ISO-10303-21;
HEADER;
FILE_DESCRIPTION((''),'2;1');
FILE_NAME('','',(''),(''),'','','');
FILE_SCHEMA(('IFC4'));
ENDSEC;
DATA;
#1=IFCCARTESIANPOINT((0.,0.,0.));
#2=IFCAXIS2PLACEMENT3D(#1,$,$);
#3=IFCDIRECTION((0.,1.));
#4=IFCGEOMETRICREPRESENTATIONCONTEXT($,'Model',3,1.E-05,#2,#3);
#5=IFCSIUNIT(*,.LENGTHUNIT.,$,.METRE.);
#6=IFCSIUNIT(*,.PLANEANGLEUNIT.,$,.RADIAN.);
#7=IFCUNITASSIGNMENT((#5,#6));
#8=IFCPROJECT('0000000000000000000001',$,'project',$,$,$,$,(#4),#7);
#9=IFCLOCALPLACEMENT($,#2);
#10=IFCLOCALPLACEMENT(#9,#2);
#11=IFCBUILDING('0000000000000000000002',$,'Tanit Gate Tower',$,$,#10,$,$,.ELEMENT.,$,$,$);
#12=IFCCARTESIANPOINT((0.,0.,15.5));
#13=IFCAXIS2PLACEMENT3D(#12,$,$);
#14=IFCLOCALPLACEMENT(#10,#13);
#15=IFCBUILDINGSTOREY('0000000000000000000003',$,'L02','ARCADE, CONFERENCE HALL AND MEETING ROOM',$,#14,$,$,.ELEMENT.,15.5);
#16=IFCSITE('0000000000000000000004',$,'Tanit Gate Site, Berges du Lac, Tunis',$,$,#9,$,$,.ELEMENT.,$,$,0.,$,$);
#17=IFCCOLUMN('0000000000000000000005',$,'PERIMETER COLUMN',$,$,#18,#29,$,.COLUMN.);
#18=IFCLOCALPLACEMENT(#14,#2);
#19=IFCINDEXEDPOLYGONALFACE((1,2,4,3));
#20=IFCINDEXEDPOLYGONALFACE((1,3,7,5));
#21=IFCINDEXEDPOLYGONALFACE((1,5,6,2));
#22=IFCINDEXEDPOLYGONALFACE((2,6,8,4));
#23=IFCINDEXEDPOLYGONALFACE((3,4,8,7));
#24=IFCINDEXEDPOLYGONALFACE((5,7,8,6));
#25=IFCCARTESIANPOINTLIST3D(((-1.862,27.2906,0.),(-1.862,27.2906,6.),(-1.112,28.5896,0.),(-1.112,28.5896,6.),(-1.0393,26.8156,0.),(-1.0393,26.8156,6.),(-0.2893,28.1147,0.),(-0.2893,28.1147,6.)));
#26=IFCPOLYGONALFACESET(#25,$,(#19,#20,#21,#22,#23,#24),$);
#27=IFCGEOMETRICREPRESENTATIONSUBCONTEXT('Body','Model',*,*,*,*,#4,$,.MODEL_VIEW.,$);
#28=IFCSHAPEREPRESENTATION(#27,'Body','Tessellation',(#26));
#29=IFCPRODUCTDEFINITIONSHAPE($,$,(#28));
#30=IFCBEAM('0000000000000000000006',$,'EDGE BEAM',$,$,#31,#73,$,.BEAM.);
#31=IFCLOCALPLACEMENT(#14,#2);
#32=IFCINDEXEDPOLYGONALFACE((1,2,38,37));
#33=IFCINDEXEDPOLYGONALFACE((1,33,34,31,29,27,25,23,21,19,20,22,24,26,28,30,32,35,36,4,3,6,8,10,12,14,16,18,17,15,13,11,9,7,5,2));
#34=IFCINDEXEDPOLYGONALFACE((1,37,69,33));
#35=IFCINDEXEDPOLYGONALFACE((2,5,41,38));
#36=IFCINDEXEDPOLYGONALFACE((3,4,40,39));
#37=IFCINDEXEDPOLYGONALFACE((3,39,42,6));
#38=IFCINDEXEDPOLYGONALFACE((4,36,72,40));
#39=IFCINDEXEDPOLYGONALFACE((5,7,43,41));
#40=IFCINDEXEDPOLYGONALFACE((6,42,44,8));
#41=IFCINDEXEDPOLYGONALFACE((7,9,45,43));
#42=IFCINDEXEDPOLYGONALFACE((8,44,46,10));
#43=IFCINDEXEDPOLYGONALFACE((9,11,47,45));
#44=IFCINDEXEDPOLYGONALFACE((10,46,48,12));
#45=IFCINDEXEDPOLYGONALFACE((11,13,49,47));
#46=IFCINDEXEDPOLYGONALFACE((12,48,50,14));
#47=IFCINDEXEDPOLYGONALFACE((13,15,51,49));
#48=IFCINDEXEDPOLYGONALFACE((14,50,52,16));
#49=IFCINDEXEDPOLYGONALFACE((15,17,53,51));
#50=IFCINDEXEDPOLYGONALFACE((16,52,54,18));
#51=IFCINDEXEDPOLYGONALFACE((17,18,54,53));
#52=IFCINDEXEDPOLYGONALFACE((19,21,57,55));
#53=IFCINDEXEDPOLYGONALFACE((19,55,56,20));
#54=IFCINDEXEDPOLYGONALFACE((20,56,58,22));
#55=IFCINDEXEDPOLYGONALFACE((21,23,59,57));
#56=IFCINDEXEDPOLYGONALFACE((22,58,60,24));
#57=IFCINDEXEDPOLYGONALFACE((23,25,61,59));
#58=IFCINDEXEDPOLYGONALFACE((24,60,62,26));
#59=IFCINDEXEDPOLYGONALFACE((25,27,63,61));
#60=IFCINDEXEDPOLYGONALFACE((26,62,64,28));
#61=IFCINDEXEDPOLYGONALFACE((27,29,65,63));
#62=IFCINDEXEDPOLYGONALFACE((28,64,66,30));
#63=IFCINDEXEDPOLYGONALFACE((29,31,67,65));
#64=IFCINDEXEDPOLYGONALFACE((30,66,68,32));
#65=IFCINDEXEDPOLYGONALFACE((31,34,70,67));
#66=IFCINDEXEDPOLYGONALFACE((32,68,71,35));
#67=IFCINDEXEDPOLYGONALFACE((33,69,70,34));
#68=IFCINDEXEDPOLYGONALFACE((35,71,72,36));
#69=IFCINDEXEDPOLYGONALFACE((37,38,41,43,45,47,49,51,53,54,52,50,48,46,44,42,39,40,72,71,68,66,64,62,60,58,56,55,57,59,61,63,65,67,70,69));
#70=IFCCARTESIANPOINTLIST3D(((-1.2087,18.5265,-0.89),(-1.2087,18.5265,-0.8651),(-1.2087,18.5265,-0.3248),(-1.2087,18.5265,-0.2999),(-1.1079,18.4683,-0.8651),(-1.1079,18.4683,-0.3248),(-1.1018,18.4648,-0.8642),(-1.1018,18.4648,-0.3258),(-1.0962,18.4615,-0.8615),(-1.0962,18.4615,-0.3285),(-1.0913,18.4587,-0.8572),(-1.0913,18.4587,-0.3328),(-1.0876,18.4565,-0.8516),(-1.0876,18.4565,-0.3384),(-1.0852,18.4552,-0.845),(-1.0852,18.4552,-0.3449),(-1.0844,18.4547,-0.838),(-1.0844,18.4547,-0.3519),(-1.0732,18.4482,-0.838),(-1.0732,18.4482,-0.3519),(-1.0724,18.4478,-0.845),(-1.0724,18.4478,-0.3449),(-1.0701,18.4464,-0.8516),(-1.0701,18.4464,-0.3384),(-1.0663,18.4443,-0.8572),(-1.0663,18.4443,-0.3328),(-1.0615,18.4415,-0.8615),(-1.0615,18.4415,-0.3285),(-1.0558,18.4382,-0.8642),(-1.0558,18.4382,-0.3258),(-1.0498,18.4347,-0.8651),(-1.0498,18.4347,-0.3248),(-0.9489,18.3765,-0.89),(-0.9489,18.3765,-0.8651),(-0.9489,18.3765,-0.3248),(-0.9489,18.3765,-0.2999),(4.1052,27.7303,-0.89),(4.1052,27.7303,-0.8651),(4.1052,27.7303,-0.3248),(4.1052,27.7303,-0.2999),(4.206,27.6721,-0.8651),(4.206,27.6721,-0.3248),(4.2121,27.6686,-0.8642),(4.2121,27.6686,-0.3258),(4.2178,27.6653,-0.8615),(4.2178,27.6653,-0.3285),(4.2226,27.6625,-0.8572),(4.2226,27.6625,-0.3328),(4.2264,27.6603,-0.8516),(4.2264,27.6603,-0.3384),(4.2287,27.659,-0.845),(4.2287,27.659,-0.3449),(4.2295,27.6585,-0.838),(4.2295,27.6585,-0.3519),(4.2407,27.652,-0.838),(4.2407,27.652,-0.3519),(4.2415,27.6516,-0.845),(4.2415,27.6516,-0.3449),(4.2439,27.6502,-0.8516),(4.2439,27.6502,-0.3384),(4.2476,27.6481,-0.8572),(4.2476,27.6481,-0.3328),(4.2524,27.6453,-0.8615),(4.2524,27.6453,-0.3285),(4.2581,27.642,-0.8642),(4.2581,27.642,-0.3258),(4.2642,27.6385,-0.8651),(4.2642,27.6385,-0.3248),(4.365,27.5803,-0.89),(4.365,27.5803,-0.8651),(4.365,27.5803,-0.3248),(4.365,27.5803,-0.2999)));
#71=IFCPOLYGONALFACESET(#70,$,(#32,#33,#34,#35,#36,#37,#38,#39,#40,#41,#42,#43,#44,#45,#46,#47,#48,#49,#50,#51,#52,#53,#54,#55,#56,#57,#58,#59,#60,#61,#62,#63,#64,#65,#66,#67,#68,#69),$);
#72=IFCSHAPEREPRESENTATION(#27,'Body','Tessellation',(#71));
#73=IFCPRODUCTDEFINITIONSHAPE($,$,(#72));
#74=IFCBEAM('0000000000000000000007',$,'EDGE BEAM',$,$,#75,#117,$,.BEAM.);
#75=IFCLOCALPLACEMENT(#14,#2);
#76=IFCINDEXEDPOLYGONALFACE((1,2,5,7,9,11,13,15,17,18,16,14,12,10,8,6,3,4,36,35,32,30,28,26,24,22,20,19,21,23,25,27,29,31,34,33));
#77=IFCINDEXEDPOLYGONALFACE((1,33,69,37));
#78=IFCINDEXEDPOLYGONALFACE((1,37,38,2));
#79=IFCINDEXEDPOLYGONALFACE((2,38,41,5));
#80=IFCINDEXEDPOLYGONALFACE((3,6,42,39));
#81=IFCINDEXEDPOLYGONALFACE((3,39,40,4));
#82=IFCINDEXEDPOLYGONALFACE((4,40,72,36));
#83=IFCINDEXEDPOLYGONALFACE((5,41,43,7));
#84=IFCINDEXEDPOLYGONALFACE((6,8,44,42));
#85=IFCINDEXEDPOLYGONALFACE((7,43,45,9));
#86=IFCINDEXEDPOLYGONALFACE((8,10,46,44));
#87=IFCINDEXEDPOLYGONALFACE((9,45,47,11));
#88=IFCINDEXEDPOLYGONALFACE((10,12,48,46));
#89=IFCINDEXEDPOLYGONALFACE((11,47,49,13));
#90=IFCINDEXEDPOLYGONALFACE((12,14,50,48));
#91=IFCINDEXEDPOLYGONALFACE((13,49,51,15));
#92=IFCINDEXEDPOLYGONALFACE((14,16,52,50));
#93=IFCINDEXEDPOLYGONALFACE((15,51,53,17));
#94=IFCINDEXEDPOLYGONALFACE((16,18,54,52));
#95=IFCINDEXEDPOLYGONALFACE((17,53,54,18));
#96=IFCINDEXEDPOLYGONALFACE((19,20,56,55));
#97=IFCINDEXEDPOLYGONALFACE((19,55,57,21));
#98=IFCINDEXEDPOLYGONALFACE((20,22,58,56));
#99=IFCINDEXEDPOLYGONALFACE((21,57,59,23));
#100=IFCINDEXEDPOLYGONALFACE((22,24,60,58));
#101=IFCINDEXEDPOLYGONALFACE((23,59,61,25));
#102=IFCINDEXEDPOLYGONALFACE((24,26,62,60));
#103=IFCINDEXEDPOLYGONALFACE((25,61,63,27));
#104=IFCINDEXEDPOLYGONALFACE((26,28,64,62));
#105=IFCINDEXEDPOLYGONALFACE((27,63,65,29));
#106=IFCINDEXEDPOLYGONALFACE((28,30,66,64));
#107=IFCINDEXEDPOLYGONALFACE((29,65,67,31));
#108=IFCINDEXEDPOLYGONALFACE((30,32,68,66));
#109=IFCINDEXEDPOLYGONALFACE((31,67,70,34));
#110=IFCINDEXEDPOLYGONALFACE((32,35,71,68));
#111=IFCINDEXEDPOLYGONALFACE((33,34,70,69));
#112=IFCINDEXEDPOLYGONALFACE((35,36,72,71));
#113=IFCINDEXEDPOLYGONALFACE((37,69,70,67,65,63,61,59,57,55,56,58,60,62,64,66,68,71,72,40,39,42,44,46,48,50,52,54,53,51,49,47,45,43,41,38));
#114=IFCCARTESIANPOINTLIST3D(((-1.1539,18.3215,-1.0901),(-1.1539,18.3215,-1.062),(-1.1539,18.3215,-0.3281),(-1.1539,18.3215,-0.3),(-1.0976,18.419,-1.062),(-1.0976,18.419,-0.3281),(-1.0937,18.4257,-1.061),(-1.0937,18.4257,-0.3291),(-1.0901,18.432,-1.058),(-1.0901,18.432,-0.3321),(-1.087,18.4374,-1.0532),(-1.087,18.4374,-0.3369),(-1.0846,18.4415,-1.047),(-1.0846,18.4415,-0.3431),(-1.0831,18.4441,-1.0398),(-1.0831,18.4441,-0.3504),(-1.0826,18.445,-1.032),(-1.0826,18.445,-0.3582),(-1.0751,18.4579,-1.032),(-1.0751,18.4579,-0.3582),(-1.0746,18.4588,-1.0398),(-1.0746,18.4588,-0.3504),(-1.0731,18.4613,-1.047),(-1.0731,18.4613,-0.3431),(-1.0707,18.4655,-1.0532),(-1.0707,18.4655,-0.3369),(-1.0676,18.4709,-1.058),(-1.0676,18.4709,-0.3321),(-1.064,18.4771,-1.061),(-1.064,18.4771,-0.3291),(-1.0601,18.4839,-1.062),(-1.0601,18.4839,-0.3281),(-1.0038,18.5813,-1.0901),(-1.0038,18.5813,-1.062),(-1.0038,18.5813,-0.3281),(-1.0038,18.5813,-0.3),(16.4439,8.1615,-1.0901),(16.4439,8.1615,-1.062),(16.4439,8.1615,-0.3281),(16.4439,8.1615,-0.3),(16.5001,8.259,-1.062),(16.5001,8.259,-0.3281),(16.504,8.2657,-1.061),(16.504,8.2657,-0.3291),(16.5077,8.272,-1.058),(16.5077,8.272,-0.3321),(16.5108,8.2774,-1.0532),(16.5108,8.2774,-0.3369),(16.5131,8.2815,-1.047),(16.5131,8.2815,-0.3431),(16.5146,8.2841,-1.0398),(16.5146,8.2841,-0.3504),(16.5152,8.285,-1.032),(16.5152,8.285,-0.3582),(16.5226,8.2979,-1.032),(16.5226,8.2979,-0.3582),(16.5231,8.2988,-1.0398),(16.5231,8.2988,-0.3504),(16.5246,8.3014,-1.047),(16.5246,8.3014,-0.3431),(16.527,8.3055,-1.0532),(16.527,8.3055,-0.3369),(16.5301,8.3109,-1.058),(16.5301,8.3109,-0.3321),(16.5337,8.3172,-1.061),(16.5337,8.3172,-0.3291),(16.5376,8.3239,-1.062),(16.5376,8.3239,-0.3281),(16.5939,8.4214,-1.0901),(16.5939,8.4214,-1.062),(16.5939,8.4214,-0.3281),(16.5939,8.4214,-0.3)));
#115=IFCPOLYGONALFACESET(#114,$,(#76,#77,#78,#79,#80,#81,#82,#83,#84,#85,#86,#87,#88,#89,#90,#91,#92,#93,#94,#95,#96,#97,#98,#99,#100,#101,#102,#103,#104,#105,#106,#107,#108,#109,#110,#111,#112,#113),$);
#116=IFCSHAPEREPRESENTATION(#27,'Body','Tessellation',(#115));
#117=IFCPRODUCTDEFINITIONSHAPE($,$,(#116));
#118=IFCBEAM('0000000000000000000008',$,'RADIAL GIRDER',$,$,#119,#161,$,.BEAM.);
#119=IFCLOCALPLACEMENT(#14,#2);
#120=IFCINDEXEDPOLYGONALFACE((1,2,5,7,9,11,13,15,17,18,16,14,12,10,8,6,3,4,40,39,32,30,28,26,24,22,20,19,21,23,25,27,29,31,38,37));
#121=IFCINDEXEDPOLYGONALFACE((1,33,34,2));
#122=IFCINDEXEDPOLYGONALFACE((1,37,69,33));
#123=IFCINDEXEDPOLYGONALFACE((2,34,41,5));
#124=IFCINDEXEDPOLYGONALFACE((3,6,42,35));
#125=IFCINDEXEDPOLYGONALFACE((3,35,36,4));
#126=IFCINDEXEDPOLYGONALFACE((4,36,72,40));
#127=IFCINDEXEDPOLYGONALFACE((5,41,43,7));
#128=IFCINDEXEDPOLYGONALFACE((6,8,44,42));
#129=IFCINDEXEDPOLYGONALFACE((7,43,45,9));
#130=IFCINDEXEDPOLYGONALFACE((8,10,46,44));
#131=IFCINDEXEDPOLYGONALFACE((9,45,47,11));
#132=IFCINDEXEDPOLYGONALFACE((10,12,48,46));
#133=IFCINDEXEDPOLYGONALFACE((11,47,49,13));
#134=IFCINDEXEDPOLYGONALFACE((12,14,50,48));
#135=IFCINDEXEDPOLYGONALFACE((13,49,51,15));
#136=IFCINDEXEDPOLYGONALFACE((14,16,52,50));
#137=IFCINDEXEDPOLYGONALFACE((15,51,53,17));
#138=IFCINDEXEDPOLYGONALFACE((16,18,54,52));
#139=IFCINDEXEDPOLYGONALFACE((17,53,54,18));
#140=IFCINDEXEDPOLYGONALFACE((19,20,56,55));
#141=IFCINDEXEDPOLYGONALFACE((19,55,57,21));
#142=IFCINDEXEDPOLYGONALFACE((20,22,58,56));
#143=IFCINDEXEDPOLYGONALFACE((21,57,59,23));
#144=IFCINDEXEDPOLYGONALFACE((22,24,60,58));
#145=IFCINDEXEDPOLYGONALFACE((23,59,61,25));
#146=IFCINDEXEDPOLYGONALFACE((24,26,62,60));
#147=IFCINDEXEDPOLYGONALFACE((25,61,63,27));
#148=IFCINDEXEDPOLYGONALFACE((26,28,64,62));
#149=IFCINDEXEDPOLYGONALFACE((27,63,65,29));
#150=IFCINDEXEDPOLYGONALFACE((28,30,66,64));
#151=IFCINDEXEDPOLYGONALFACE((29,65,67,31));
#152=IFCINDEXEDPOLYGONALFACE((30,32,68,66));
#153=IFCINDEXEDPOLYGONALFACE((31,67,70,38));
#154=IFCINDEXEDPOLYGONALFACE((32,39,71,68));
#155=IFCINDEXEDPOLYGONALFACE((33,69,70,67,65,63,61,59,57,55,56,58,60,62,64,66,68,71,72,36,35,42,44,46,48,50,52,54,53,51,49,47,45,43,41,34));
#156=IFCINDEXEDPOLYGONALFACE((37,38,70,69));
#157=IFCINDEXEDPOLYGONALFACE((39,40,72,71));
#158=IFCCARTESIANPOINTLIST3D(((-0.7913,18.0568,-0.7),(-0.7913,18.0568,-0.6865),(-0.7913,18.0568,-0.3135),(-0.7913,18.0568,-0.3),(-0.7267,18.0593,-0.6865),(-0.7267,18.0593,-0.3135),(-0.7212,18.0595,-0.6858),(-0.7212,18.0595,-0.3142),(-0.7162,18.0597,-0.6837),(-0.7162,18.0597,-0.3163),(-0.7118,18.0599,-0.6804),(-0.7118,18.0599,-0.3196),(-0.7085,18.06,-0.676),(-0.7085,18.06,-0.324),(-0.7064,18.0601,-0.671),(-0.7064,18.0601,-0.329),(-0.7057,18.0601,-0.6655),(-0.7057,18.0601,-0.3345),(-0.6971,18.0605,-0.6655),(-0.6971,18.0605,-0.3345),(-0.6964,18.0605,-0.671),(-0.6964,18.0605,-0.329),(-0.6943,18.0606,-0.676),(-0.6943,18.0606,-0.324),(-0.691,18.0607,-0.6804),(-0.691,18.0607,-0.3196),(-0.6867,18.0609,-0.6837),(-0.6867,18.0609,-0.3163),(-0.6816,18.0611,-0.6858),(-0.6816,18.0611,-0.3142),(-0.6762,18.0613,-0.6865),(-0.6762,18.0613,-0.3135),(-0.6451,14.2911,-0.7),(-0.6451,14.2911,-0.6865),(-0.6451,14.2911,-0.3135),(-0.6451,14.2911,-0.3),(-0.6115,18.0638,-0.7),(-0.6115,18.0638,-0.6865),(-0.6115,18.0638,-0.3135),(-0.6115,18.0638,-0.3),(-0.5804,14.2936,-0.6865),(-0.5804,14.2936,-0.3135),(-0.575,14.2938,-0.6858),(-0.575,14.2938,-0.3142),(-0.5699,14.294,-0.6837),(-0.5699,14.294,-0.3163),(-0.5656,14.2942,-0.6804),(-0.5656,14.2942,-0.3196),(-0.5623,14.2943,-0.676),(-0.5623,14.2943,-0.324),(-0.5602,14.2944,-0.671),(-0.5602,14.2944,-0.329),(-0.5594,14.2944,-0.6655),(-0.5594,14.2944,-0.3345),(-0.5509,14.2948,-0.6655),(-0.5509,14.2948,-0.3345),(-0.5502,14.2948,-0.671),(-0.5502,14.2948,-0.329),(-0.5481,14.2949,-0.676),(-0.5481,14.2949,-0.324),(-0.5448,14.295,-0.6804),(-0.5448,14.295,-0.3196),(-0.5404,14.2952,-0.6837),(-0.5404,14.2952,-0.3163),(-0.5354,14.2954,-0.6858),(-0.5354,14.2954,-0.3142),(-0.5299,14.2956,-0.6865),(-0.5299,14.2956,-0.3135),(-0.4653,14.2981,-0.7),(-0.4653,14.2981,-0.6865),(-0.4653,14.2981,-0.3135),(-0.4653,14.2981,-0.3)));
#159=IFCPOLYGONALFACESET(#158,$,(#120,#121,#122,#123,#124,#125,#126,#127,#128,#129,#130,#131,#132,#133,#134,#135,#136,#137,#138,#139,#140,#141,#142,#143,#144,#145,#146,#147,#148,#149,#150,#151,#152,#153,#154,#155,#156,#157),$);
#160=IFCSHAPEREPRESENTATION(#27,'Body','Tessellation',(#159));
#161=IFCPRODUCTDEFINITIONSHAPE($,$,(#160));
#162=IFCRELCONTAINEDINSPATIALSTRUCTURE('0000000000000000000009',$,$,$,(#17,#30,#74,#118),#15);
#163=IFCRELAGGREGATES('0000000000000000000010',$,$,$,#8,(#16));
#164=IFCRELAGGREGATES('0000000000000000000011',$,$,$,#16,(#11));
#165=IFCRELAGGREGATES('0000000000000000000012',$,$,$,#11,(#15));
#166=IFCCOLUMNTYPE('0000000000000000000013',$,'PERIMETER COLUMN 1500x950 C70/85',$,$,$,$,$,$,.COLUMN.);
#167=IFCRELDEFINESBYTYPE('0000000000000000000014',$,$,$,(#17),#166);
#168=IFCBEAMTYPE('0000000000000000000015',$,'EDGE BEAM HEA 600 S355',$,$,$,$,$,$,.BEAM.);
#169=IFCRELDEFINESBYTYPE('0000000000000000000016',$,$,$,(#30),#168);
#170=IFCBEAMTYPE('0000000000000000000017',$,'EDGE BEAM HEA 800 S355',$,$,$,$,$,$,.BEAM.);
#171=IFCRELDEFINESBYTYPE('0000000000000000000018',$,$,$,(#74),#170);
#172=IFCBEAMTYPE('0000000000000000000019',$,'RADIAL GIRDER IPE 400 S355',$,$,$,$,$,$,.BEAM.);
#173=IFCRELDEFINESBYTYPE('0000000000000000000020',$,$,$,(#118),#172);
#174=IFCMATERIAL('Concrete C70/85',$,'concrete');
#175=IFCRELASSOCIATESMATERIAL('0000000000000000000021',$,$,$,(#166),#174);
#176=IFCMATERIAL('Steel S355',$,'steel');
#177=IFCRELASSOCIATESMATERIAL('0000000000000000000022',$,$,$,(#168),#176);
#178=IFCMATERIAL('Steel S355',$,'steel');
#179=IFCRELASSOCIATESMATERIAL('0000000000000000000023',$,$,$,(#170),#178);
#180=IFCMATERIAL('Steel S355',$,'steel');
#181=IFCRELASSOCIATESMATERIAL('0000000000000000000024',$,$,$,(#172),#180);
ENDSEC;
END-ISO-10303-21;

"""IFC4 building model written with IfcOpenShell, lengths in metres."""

from ifc_helpers import new_model, si_unit, direction, frame, origin, origin_2d, place, context, subcontext, project, spatial, rectangle, i_section, extrude, material, material_profile, profile_set, type_object, element, save


model = new_model("IFC4")

# Units and contexts
model_context = context("Model", 3, precision=1e-05, world=origin(), true_north=direction((0.0, 1.0)))
body_context = subcontext(model_context, "Body", "Model", "MODEL_VIEW")
ifc_project = project(units=[si_unit("LENGTHUNIT", "METRE"), si_unit("PLANEANGLEUNIT", "RADIAN")], contexts=[model_context])

# Site, building, storey
site_placement = place(None, origin())
site = spatial("IfcSite", under=ifc_project, at=site_placement, Name="Tanit Gate Site, Berges du Lac, Tunis", CompositionType="ELEMENT", RefElevation=0.0)
building_placement = place(site_placement, origin())
building = spatial("IfcBuilding", under=site, at=building_placement, Name="Tanit Gate Tower", CompositionType="ELEMENT")
storey_placement = place(building_placement, frame((0.0, 0.0, 15.5)))
storey = spatial("IfcBuildingStorey", under=building, at=storey_placement, Name="L02", Description="ARCADE, CONFERENCE HALL AND MEETING ROOM", CompositionType="ELEMENT", Elevation=15.5)

# Column
ifc_material_1 = material(Name="Concrete C70/85", Category="concrete")
ifc_material_profile_1 = material_profile(ifc_material_1, rectangle(XDim=1.5, YDim=0.95, at=origin_2d()), Name="RC 1500x950")
ifc_profile_set_1 = profile_set([ifc_material_profile_1], Name="Concrete C70/85")
column_type = type_object("IfcColumnType", Name="PERIMETER COLUMN 1500x950 C70/85", PredefinedType="COLUMN", material=ifc_profile_set_1)
column_placement = place(storey_placement, frame((-1.0757, 27.7026, 0.0), z_axis=(0.0, 0.0, 1.0), x_axis=(0.5, 0.866025, 0.0)))
element("IfcColumn", 1, at=column_placement, inside=storey, type_object=column_type, Name="PERIMETER COLUMN", PredefinedType="COLUMN", context=body_context, shape_type="SweptSolid", body=[
    extrude(rectangle(XDim=1.5, YDim=0.95, at=origin_2d()), origin(), (0.0, 0.0, 1.0), 6.0),
])

# Beams
ifc_material_2 = material(Name="Steel S355", Category="steel")
ifc_material_profile_2 = material_profile(ifc_material_2, i_section(OverallWidth=0.3, OverallDepth=0.5901, WebThickness=0.0129, FlangeThickness=0.0249, FilletRadius=0.0271, at=origin_2d()), Name="HEA 600")
ifc_profile_set_2 = profile_set([ifc_material_profile_2], Name="Steel S355")
beam_type_1 = type_object("IfcBeamType", Name="EDGE BEAM HEA 600 S355", PredefinedType="BEAM", material=ifc_profile_set_2)
beam_1_placement = place(storey_placement, frame((4.2351, 27.6553, -0.595), z_axis=(-0.500008, -0.866021, 0.0), x_axis=(0.866021, -0.500008, 0.0)))
element("IfcBeam", 2, at=beam_1_placement, inside=storey, type_object=beam_type_1, Name="EDGE BEAM", PredefinedType="BEAM", context=body_context, shape_type="SweptSolid", body=[
    extrude(i_section(OverallWidth=0.3, OverallDepth=0.5901, WebThickness=0.0129, FlangeThickness=0.0249, FilletRadius=0.0271, at=origin_2d()), origin(), (0.0, 0.0, 1.0), 10.6277),
])
ifc_material_3 = material(Name="Steel S355", Category="steel")
ifc_material_profile_3 = material_profile(ifc_material_3, i_section(OverallWidth=0.3, OverallDepth=0.79, WebThickness=0.0149, FlangeThickness=0.0281, FilletRadius=0.03, at=origin_2d()), Name="HEA 800")
ifc_profile_set_3 = profile_set([ifc_material_profile_3], Name="Steel S355")
beam_type_2 = type_object("IfcBeamType", Name="EDGE BEAM HEA 800 S355", PredefinedType="BEAM", material=ifc_profile_set_3)
beam_2_placement = place(storey_placement, frame((-1.0789, 18.4514, -0.6951), z_axis=(0.866028, -0.499996, 0.0), x_axis=(0.499996, 0.866028, 0.0)))
element("IfcBeam", 3, at=beam_2_placement, inside=storey, type_object=beam_type_2, Name="EDGE BEAM", PredefinedType="BEAM", context=body_context, shape_type="SweptSolid", body=[
    extrude(i_section(OverallWidth=0.3, OverallDepth=0.79, WebThickness=0.0149, FlangeThickness=0.0281, FilletRadius=0.03, at=origin_2d()), origin(), (0.0, 0.0, 1.0), 20.3201),
])
ifc_material_4 = material(Name="Steel S355", Category="steel")
ifc_material_profile_4 = material_profile(ifc_material_4, i_section(OverallWidth=0.1799, OverallDepth=0.3999, WebThickness=0.0085, FlangeThickness=0.0134, FilletRadius=0.021, at=origin_2d()), Name="IPE 400")
ifc_profile_set_4 = profile_set([ifc_material_profile_4], Name="Steel S355")
beam_type_3 = type_object("IfcBeamType", Name="RADIAL GIRDER IPE 400 S355", PredefinedType="BEAM", material=ifc_profile_set_4)
beam_3_placement = place(storey_placement, frame((-0.7014, 18.0603, -0.5), z_axis=(0.038806, -0.999247, 0.0), x_axis=(0.999247, 0.038806, 0.0)))
element("IfcBeam", 4, at=beam_3_placement, inside=storey, type_object=beam_type_3, Name="RADIAL GIRDER", PredefinedType="BEAM", context=body_context, shape_type="SweptSolid", body=[
    extrude(i_section(OverallWidth=0.1799, OverallDepth=0.3999, WebThickness=0.0085, FlangeThickness=0.0134, FilletRadius=0.021, at=origin_2d()), origin(), (0.0, 0.0, 1.0), 3.7686),
])

save(model, "model.ifc")
